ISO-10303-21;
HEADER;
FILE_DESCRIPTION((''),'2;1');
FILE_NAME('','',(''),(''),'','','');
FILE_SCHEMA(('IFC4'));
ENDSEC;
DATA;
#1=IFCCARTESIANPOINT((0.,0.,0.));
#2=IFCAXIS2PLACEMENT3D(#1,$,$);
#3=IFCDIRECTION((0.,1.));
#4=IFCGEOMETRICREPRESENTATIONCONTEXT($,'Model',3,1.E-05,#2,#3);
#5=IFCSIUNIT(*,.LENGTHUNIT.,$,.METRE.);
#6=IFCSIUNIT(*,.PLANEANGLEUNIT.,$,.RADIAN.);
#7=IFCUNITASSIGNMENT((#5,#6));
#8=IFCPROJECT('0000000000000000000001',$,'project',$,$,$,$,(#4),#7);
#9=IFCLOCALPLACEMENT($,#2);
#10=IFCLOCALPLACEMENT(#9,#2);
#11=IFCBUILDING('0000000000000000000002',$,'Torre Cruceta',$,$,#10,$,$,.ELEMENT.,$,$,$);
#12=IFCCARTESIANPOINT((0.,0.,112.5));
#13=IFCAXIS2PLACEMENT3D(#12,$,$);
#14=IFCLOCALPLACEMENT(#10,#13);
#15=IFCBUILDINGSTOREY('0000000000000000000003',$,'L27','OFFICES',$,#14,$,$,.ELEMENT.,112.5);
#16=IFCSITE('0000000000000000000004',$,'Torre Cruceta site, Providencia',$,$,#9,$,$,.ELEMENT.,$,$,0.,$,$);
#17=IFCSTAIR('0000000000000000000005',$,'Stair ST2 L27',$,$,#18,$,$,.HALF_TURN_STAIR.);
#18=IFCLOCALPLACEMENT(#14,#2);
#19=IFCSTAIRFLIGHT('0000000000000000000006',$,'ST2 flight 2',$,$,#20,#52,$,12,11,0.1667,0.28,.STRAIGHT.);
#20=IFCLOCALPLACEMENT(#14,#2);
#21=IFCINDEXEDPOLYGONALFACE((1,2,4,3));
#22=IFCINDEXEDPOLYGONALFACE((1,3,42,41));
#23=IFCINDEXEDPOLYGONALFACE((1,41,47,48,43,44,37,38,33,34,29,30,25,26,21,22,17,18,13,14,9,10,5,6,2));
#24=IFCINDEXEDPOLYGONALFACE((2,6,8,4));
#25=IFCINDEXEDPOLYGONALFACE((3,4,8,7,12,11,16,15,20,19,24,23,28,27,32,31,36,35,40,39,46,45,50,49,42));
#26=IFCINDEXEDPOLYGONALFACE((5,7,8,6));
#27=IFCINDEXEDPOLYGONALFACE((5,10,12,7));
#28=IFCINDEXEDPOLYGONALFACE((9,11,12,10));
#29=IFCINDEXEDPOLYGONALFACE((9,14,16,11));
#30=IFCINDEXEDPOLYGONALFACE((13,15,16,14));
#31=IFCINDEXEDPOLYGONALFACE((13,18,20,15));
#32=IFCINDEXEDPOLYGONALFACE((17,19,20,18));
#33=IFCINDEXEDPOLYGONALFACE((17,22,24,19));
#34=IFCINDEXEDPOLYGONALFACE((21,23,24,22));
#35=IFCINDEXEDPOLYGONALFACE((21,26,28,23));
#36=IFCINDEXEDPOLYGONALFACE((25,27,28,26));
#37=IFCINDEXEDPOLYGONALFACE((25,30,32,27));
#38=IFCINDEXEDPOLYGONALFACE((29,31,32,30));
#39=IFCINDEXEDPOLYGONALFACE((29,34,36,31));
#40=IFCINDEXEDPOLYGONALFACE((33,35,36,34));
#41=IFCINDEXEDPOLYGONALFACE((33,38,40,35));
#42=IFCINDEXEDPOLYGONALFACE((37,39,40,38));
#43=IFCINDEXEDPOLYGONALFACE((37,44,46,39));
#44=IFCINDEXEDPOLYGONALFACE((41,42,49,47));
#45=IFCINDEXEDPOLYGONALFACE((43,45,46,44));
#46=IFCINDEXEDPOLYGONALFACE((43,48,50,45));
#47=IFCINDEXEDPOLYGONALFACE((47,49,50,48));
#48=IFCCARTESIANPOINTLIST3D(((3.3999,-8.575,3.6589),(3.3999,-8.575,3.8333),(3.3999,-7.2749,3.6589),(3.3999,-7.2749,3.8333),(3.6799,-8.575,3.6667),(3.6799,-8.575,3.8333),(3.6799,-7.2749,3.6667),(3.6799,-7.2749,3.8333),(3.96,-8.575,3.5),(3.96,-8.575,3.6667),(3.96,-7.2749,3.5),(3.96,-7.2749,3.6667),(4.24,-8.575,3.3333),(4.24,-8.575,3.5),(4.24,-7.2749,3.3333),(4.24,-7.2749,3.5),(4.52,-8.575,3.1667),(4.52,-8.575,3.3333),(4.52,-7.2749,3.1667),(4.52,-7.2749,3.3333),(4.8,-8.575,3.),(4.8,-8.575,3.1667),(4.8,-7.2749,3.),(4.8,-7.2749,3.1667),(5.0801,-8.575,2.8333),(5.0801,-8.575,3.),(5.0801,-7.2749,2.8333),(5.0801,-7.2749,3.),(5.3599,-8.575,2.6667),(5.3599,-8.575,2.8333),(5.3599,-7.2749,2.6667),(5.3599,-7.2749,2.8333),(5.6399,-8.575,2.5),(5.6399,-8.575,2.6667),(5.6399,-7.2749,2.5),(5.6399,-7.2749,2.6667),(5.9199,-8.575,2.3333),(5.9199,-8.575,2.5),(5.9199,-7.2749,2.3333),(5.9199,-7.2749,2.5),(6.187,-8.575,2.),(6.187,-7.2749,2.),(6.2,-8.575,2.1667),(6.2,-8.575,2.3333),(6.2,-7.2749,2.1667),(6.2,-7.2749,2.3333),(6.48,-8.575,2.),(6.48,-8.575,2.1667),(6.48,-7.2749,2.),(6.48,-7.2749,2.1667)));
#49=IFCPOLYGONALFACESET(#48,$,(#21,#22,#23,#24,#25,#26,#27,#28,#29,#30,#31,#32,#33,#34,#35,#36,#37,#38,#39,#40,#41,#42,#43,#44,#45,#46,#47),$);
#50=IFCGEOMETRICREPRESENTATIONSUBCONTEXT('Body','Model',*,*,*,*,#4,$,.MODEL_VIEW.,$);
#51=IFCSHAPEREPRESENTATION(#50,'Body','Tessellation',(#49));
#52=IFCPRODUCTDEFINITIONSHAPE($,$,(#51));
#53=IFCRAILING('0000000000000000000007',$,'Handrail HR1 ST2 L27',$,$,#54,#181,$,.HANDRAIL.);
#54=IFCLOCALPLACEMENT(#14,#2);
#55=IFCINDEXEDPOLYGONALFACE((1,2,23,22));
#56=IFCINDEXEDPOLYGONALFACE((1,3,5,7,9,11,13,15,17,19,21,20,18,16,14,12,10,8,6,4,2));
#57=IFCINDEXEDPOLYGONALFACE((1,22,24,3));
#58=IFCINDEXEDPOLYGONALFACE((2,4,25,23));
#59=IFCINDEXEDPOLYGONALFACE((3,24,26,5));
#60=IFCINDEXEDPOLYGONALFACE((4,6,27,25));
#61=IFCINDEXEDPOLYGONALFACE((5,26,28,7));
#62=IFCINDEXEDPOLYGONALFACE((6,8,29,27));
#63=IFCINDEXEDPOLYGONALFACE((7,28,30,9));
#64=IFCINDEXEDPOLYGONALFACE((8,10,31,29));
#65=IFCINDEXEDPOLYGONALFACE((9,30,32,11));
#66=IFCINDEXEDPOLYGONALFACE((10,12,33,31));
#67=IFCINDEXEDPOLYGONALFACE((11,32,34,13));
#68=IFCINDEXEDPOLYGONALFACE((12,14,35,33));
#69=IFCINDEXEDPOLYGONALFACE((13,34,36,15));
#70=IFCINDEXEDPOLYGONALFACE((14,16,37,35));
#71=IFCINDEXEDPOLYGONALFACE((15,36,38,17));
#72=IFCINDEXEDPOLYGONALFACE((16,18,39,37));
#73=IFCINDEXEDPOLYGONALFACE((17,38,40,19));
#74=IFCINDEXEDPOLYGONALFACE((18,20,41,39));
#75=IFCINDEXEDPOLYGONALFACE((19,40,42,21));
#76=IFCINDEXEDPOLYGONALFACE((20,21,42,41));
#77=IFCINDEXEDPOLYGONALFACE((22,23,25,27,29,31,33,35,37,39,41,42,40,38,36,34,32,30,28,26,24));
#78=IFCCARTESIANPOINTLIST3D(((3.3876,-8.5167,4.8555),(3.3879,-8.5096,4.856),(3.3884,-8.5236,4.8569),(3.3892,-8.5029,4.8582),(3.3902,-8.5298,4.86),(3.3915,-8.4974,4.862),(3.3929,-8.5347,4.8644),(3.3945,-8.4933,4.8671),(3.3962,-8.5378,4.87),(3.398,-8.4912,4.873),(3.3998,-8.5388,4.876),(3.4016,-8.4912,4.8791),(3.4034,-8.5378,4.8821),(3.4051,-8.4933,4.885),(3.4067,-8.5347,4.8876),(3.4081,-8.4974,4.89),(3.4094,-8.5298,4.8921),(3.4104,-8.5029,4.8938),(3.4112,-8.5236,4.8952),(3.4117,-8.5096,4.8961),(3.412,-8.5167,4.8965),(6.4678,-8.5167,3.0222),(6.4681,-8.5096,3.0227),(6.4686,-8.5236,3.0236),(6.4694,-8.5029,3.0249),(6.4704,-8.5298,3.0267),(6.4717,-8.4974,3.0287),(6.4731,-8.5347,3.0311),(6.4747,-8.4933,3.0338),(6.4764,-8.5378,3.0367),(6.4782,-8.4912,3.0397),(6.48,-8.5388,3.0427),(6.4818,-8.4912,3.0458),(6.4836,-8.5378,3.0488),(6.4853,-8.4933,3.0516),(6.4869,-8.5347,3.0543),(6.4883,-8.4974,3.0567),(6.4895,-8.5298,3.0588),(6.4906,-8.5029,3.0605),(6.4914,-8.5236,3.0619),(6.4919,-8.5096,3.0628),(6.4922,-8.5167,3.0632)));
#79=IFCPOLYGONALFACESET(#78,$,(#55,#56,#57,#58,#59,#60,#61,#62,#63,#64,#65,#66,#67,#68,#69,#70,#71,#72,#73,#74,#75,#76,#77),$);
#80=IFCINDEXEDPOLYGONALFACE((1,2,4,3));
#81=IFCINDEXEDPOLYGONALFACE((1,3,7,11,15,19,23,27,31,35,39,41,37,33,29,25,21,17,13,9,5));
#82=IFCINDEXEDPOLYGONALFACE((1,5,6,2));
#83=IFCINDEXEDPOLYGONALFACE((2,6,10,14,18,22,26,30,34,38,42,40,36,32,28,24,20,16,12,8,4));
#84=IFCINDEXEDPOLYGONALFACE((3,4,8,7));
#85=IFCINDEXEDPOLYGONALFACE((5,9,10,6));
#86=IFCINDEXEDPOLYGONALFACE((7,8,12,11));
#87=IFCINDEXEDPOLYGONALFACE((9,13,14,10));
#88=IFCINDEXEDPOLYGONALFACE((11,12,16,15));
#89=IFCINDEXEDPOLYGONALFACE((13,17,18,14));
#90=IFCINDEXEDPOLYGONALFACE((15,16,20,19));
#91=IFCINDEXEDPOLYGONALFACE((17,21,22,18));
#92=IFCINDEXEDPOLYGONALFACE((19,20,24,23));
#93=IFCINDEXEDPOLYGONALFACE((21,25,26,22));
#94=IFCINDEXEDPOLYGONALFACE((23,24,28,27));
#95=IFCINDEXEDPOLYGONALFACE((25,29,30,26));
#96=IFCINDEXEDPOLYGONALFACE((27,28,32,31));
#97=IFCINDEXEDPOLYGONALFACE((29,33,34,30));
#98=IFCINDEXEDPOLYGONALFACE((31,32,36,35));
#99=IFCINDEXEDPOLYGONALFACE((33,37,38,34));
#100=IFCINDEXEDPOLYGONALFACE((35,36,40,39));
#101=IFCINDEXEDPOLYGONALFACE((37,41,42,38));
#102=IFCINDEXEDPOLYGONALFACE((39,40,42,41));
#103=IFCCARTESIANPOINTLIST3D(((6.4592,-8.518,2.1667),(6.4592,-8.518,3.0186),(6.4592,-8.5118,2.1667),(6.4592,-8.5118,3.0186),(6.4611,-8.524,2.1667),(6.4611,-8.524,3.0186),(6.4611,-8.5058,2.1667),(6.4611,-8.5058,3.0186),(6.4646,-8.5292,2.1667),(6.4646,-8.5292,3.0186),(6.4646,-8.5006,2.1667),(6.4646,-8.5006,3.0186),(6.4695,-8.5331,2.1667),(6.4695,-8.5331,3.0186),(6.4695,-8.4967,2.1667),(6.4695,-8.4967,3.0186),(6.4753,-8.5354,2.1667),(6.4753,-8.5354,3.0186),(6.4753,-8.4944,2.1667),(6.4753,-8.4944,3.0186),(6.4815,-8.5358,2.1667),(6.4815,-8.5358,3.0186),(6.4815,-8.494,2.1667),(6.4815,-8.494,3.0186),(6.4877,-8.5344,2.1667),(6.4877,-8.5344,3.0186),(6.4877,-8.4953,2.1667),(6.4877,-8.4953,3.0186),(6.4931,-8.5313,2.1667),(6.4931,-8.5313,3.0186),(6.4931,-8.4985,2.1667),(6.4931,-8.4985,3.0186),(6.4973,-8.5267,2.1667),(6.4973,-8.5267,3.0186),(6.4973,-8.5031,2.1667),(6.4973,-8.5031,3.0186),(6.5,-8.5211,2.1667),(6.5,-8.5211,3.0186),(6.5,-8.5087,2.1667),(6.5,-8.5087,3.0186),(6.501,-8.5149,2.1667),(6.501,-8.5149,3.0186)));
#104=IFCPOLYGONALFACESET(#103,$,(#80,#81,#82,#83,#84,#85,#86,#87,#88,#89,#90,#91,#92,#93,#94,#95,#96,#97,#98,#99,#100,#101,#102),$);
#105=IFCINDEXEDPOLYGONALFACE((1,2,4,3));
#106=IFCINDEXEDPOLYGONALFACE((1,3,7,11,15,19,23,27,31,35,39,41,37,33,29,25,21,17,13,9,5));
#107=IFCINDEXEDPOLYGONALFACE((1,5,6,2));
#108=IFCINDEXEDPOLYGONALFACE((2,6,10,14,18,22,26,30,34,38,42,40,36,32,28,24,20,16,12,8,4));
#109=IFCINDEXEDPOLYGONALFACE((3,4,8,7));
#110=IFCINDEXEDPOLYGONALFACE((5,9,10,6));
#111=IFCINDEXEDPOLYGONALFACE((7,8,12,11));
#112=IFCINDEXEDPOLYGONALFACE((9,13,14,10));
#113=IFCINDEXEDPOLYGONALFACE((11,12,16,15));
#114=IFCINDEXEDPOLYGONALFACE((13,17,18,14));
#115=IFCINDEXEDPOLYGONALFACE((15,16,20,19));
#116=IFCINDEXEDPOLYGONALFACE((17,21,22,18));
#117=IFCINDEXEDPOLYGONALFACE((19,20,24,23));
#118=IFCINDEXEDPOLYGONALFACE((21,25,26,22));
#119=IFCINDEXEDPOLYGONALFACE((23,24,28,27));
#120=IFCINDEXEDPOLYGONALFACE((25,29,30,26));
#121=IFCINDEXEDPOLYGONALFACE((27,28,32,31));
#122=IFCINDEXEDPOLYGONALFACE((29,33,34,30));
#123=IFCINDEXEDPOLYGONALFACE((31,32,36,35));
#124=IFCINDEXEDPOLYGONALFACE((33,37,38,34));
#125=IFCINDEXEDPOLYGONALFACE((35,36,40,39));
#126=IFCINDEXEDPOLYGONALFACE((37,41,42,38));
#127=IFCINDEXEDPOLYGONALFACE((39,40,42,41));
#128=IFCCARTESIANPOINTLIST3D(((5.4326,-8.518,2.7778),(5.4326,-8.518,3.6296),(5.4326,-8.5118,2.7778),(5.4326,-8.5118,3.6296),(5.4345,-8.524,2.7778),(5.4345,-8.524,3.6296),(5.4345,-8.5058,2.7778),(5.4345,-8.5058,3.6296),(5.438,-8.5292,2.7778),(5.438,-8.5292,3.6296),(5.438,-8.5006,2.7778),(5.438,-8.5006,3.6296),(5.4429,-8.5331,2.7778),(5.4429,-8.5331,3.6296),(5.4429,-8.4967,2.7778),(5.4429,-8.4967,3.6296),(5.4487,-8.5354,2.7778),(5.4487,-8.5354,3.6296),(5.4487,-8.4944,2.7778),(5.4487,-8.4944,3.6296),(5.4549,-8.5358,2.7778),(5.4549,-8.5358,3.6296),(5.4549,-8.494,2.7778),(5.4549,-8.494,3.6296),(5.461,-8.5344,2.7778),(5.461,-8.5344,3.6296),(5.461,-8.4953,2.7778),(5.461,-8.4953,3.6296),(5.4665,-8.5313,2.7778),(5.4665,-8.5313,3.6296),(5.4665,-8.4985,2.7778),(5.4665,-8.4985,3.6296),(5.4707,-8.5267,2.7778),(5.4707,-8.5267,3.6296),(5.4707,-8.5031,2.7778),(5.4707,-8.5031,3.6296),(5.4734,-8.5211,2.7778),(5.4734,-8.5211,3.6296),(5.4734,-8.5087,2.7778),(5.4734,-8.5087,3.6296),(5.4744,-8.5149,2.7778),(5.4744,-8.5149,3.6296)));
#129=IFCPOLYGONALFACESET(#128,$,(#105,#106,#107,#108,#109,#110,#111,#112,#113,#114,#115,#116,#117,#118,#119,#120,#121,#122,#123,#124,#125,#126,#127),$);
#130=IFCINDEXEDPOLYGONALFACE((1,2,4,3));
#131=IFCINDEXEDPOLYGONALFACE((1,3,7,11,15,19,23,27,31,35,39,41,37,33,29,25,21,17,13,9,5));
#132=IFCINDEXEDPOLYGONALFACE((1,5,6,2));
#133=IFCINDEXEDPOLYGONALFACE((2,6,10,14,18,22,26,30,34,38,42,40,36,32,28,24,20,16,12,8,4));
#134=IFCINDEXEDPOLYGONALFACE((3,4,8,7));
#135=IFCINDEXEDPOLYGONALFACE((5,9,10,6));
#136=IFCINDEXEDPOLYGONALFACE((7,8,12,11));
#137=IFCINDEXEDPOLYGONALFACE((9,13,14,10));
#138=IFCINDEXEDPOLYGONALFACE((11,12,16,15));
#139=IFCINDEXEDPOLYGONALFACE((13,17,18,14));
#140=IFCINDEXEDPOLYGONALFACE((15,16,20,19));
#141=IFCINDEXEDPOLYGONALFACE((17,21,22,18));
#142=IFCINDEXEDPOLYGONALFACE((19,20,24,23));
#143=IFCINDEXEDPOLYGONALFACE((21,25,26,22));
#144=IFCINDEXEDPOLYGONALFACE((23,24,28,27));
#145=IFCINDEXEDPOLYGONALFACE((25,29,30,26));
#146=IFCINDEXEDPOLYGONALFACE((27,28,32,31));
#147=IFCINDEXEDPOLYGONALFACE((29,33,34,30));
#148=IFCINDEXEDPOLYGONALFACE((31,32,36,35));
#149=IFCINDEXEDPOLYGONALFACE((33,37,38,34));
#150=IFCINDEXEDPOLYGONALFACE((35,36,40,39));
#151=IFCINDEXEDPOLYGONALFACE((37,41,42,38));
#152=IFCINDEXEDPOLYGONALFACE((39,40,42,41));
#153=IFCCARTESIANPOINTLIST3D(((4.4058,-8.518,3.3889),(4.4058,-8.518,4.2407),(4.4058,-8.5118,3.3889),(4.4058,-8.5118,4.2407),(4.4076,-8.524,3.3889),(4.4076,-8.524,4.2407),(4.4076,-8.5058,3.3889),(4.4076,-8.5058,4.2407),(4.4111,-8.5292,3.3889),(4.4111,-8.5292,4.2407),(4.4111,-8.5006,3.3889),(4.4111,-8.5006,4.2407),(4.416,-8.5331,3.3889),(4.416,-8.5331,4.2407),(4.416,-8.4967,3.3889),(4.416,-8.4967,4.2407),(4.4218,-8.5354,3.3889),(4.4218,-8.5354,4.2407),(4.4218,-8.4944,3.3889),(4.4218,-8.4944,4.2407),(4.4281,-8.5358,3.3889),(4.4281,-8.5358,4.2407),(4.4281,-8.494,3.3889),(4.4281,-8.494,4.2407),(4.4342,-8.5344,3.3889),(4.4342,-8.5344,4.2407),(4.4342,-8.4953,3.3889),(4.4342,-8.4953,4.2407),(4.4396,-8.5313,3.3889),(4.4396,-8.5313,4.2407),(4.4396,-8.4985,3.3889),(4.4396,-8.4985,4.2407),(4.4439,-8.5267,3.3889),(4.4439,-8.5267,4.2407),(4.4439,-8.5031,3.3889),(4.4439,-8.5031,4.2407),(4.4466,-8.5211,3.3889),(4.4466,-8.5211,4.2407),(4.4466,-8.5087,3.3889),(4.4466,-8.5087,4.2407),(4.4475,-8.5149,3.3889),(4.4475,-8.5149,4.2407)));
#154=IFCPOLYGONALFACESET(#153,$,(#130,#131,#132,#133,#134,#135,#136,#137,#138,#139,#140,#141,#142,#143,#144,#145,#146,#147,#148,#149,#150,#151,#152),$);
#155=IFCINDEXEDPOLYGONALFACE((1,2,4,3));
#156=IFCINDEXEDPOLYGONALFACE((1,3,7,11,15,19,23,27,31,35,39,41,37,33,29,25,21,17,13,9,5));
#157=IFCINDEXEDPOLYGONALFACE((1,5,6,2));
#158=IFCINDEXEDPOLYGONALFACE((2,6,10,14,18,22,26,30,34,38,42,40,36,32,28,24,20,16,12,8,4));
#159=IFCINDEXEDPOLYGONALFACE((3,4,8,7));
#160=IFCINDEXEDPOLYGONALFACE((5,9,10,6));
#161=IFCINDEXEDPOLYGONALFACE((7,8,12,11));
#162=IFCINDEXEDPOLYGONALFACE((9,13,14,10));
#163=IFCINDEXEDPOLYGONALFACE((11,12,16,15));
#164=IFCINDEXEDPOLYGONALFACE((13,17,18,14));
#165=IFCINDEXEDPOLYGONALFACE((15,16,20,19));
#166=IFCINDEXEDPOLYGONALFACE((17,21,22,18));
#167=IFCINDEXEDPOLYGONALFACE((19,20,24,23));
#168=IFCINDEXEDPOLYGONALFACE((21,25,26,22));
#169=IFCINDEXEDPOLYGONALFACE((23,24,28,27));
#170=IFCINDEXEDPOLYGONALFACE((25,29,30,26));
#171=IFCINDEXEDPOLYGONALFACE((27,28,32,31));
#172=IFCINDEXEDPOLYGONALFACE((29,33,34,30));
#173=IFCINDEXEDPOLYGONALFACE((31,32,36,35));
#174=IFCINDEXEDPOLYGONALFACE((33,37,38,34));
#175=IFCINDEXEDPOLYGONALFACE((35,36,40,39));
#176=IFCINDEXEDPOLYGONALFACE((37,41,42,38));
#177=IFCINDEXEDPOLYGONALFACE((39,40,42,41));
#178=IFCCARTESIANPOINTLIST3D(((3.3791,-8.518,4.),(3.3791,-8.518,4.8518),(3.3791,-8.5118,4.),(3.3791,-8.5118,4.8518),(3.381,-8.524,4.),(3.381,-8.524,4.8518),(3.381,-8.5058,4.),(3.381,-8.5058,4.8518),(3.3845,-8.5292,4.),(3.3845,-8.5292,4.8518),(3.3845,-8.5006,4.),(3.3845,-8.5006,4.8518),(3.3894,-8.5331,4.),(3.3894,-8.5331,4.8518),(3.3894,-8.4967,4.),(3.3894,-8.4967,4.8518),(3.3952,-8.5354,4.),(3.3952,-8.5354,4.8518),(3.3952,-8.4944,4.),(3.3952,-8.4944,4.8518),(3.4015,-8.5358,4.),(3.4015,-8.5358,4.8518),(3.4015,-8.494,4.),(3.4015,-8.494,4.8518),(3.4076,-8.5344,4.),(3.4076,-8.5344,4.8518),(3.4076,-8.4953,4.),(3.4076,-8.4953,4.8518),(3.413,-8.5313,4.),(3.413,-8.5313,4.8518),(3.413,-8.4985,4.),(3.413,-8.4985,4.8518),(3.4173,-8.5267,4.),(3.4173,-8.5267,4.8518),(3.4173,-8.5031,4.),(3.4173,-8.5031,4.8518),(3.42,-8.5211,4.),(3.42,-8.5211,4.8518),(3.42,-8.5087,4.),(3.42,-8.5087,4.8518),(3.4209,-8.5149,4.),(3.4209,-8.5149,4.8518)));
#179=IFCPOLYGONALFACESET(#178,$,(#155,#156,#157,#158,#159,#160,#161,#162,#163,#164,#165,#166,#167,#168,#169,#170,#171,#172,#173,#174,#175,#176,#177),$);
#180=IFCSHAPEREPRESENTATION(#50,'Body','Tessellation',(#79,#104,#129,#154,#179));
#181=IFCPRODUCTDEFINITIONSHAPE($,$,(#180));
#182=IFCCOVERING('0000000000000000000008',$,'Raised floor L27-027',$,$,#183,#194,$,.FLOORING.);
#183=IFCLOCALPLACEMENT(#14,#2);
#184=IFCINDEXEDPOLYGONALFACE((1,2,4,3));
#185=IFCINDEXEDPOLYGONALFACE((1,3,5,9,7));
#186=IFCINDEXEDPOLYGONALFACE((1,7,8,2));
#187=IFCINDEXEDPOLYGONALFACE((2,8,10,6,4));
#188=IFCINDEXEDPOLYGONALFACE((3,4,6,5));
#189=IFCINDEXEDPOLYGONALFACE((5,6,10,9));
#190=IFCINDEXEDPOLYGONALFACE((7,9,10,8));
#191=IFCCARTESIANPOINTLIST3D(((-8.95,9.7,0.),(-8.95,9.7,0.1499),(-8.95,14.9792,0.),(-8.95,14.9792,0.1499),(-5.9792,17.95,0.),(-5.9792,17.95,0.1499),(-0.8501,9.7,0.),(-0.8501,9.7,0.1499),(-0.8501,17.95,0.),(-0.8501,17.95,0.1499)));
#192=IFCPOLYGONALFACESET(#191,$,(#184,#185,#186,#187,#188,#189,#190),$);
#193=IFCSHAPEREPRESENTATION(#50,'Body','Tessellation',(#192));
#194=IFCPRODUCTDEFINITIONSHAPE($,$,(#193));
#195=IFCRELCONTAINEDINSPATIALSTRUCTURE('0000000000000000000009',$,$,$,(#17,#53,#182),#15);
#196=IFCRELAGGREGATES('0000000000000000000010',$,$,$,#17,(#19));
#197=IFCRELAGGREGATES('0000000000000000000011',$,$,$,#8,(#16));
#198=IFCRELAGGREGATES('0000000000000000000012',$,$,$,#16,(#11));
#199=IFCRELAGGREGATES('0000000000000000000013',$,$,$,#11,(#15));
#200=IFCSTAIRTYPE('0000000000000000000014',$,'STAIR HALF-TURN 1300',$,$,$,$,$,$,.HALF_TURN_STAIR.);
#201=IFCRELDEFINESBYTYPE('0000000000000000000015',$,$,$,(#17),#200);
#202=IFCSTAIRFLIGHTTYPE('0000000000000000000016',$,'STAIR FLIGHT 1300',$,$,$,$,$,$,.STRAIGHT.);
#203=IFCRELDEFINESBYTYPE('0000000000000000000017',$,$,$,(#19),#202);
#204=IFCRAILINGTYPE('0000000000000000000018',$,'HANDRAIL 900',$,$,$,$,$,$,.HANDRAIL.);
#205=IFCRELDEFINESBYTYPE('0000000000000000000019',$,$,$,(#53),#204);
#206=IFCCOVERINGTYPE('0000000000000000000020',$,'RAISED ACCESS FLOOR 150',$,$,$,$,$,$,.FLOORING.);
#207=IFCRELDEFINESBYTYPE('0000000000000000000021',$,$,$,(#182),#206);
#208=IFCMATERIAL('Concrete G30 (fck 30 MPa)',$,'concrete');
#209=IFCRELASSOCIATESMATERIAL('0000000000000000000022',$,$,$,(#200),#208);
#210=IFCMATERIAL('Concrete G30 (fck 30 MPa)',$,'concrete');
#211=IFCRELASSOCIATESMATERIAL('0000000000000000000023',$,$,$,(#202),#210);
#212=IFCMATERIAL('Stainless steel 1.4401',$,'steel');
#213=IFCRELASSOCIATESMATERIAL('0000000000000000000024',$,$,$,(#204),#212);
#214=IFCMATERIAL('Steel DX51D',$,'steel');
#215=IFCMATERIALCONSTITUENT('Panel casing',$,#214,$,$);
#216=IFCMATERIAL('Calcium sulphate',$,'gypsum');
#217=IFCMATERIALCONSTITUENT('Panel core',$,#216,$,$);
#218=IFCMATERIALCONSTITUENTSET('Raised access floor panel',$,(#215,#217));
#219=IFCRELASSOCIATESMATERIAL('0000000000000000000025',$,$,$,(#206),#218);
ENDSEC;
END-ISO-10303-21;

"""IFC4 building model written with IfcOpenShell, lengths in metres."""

from ifc_helpers import new_model, si_unit, direction, frame, origin, origin_2d, place, context, subcontext, project, spatial, polyline, circle, outline, extrude, material, constituent, constituent_set, type_object, element, aggregate, save


model = new_model("IFC4")

# Units and contexts
model_context = context("Model", 3, precision=1e-05, world=origin(), true_north=direction((0.0, 1.0)))
body_context = subcontext(model_context, "Body", "Model", "MODEL_VIEW")
ifc_project = project(units=[si_unit("LENGTHUNIT", "METRE"), si_unit("PLANEANGLEUNIT", "RADIAN")], contexts=[model_context])

# Site, building, storey
site_placement = place(None, origin())
site = spatial("IfcSite", under=ifc_project, at=site_placement, Name="Torre Cruceta site, Providencia", CompositionType="ELEMENT", RefElevation=0.0)
building_placement = place(site_placement, origin())
building = spatial("IfcBuilding", under=site, at=building_placement, Name="Torre Cruceta", CompositionType="ELEMENT")
storey_placement = place(building_placement, frame((0.0, 0.0, 112.5)))
storey = spatial("IfcBuildingStorey", under=building, at=storey_placement, Name="L27", Description="OFFICES", CompositionType="ELEMENT", Elevation=112.5)

# Stair, stair flight
ifc_material_1 = material(Name="Concrete G30 (fck 30 MPa)", Category="concrete")
stair_type = type_object("IfcStairType", Name="STAIR HALF-TURN 1300", PredefinedType="HALF_TURN_STAIR", material=ifc_material_1)
stair_placement = place(storey_placement, origin())
stair = element("IfcStair", 1, at=stair_placement, inside=storey, type_object=stair_type, Name="Stair ST2 L27", PredefinedType="HALF_TURN_STAIR")
ifc_material_2 = material(Name="Concrete G30 (fck 30 MPa)", Category="concrete")
stair_flight_type = type_object("IfcStairFlightType", Name="STAIR FLIGHT 1300", PredefinedType="STRAIGHT", material=ifc_material_2)
stair_flight_1_placement = place(storey_placement, frame((6.48, -7.925, 2.0), z_axis=(0.0, 0.0, 1.0), x_axis=(-1.0, 0.0, 0.0)))
stair_flight_1 = element("IfcStairFlight", 2, at=stair_flight_1_placement, type_object=stair_flight_type, Name="ST2 flight 2", NumberOfRisers=12, NumberOfTreads=11, PredefinedType="STRAIGHT", RiserHeight=0.1667, TreadLength=0.28, context=body_context, shape_type="SweptSolid", body=[
    extrude(outline(polyline([(0.0, 0.0), (0.0, 0.1667), (0.28, 0.1667), (0.28, 0.3333), (0.5601, 0.3333), (0.5601, 0.5), (0.8401, 0.5), (0.8401, 0.6667), (1.1201, 0.6667), (1.1201, 0.8333), (1.3999, 0.8333), (1.3999, 1.0), (1.6799, 1.0), (1.6799, 1.1667), (1.96, 1.1667), (1.96, 1.3333), (2.24, 1.3333), (2.24, 1.5), (2.52, 1.5), (2.52, 1.6667), (2.8, 1.6667), (2.8, 1.8333), (3.0801, 1.8333), (3.0801, 2.0), (3.0801, 1.6589), (0.293, 0.0), (0.0, 0.0)])), frame((0.0, 0.6499, 0.0), z_axis=(0.0, -1.0, 0.0), x_axis=(1.0, 0.0, 0.0)), (0.0, 0.0, 1.0), 1.3),
])
aggregate(stair, [stair_flight_1])

# Railing
ifc_material_3 = material(Name="Stainless steel 1.4401", Category="steel")
railing_type = type_object("IfcRailingType", Name="HANDRAIL 900", PredefinedType="HANDRAIL", material=ifc_material_3)
railing_1_placement = place(storey_placement, frame((6.48, -8.5149, 2.1667)))
element("IfcRailing", 3, at=railing_1_placement, inside=storey, type_object=railing_type, Name="Handrail HR1 ST2 L27", PredefinedType="HANDRAIL", context=body_context, shape_type="SweptSolid", body=[
    extrude(circle(Radius=0.0239, at=origin_2d()), frame((0.0, 0.0, 0.876), z_axis=(-0.859309, 0.0, 0.511458), x_axis=(0.0, -1.0, 0.0)), (0.0, 0.0, 1.0), 3.5845),
    extrude(circle(Radius=0.021, at=origin_2d()), origin(), (0.0, 0.0, 1.0), 0.8518),
    extrude(circle(Radius=0.021, at=origin_2d()), frame((-1.0266, 0.0, 0.6111)), (0.0, 0.0, 1.0), 0.8518),
    extrude(circle(Radius=0.021, at=origin_2d()), frame((-2.0535, 0.0, 1.2222)), (0.0, 0.0, 1.0), 0.8518),
    extrude(circle(Radius=0.021, at=origin_2d()), frame((-3.0801, 0.0, 1.8333)), (0.0, 0.0, 1.0), 0.8518),
])

# Covering
ifc_material_4 = material(Name="Steel DX51D", Category="steel")
ifc_constituent_1 = constituent(ifc_material_4, Name="Panel casing")
ifc_material_5 = material(Name="Calcium sulphate", Category="gypsum")
ifc_constituent_2 = constituent(ifc_material_5, Name="Panel core")
ifc_constituent_set_1 = constituent_set(constituents=[ifc_constituent_1, ifc_constituent_2], Name="Raised access floor panel")
covering_type_1 = type_object("IfcCoveringType", Name="RAISED ACCESS FLOOR 150", PredefinedType="FLOORING", material=ifc_constituent_set_1)
covering_1_placement = place(storey_placement, origin())
element("IfcCovering", 4, at=covering_1_placement, inside=storey, type_object=covering_type_1, Name="Raised floor L27-027", PredefinedType="FLOORING", context=body_context, shape_type="SweptSolid", body=[
    extrude(outline(polyline([(-8.95, 9.7), (-8.95, 14.9792), (-5.9792, 17.95), (-0.8501, 17.95), (-0.8501, 9.7), (-8.95, 9.7)])), origin(), (0.0, 0.0, 1.0), 0.1499),
])

save(model, "model.ifc")
